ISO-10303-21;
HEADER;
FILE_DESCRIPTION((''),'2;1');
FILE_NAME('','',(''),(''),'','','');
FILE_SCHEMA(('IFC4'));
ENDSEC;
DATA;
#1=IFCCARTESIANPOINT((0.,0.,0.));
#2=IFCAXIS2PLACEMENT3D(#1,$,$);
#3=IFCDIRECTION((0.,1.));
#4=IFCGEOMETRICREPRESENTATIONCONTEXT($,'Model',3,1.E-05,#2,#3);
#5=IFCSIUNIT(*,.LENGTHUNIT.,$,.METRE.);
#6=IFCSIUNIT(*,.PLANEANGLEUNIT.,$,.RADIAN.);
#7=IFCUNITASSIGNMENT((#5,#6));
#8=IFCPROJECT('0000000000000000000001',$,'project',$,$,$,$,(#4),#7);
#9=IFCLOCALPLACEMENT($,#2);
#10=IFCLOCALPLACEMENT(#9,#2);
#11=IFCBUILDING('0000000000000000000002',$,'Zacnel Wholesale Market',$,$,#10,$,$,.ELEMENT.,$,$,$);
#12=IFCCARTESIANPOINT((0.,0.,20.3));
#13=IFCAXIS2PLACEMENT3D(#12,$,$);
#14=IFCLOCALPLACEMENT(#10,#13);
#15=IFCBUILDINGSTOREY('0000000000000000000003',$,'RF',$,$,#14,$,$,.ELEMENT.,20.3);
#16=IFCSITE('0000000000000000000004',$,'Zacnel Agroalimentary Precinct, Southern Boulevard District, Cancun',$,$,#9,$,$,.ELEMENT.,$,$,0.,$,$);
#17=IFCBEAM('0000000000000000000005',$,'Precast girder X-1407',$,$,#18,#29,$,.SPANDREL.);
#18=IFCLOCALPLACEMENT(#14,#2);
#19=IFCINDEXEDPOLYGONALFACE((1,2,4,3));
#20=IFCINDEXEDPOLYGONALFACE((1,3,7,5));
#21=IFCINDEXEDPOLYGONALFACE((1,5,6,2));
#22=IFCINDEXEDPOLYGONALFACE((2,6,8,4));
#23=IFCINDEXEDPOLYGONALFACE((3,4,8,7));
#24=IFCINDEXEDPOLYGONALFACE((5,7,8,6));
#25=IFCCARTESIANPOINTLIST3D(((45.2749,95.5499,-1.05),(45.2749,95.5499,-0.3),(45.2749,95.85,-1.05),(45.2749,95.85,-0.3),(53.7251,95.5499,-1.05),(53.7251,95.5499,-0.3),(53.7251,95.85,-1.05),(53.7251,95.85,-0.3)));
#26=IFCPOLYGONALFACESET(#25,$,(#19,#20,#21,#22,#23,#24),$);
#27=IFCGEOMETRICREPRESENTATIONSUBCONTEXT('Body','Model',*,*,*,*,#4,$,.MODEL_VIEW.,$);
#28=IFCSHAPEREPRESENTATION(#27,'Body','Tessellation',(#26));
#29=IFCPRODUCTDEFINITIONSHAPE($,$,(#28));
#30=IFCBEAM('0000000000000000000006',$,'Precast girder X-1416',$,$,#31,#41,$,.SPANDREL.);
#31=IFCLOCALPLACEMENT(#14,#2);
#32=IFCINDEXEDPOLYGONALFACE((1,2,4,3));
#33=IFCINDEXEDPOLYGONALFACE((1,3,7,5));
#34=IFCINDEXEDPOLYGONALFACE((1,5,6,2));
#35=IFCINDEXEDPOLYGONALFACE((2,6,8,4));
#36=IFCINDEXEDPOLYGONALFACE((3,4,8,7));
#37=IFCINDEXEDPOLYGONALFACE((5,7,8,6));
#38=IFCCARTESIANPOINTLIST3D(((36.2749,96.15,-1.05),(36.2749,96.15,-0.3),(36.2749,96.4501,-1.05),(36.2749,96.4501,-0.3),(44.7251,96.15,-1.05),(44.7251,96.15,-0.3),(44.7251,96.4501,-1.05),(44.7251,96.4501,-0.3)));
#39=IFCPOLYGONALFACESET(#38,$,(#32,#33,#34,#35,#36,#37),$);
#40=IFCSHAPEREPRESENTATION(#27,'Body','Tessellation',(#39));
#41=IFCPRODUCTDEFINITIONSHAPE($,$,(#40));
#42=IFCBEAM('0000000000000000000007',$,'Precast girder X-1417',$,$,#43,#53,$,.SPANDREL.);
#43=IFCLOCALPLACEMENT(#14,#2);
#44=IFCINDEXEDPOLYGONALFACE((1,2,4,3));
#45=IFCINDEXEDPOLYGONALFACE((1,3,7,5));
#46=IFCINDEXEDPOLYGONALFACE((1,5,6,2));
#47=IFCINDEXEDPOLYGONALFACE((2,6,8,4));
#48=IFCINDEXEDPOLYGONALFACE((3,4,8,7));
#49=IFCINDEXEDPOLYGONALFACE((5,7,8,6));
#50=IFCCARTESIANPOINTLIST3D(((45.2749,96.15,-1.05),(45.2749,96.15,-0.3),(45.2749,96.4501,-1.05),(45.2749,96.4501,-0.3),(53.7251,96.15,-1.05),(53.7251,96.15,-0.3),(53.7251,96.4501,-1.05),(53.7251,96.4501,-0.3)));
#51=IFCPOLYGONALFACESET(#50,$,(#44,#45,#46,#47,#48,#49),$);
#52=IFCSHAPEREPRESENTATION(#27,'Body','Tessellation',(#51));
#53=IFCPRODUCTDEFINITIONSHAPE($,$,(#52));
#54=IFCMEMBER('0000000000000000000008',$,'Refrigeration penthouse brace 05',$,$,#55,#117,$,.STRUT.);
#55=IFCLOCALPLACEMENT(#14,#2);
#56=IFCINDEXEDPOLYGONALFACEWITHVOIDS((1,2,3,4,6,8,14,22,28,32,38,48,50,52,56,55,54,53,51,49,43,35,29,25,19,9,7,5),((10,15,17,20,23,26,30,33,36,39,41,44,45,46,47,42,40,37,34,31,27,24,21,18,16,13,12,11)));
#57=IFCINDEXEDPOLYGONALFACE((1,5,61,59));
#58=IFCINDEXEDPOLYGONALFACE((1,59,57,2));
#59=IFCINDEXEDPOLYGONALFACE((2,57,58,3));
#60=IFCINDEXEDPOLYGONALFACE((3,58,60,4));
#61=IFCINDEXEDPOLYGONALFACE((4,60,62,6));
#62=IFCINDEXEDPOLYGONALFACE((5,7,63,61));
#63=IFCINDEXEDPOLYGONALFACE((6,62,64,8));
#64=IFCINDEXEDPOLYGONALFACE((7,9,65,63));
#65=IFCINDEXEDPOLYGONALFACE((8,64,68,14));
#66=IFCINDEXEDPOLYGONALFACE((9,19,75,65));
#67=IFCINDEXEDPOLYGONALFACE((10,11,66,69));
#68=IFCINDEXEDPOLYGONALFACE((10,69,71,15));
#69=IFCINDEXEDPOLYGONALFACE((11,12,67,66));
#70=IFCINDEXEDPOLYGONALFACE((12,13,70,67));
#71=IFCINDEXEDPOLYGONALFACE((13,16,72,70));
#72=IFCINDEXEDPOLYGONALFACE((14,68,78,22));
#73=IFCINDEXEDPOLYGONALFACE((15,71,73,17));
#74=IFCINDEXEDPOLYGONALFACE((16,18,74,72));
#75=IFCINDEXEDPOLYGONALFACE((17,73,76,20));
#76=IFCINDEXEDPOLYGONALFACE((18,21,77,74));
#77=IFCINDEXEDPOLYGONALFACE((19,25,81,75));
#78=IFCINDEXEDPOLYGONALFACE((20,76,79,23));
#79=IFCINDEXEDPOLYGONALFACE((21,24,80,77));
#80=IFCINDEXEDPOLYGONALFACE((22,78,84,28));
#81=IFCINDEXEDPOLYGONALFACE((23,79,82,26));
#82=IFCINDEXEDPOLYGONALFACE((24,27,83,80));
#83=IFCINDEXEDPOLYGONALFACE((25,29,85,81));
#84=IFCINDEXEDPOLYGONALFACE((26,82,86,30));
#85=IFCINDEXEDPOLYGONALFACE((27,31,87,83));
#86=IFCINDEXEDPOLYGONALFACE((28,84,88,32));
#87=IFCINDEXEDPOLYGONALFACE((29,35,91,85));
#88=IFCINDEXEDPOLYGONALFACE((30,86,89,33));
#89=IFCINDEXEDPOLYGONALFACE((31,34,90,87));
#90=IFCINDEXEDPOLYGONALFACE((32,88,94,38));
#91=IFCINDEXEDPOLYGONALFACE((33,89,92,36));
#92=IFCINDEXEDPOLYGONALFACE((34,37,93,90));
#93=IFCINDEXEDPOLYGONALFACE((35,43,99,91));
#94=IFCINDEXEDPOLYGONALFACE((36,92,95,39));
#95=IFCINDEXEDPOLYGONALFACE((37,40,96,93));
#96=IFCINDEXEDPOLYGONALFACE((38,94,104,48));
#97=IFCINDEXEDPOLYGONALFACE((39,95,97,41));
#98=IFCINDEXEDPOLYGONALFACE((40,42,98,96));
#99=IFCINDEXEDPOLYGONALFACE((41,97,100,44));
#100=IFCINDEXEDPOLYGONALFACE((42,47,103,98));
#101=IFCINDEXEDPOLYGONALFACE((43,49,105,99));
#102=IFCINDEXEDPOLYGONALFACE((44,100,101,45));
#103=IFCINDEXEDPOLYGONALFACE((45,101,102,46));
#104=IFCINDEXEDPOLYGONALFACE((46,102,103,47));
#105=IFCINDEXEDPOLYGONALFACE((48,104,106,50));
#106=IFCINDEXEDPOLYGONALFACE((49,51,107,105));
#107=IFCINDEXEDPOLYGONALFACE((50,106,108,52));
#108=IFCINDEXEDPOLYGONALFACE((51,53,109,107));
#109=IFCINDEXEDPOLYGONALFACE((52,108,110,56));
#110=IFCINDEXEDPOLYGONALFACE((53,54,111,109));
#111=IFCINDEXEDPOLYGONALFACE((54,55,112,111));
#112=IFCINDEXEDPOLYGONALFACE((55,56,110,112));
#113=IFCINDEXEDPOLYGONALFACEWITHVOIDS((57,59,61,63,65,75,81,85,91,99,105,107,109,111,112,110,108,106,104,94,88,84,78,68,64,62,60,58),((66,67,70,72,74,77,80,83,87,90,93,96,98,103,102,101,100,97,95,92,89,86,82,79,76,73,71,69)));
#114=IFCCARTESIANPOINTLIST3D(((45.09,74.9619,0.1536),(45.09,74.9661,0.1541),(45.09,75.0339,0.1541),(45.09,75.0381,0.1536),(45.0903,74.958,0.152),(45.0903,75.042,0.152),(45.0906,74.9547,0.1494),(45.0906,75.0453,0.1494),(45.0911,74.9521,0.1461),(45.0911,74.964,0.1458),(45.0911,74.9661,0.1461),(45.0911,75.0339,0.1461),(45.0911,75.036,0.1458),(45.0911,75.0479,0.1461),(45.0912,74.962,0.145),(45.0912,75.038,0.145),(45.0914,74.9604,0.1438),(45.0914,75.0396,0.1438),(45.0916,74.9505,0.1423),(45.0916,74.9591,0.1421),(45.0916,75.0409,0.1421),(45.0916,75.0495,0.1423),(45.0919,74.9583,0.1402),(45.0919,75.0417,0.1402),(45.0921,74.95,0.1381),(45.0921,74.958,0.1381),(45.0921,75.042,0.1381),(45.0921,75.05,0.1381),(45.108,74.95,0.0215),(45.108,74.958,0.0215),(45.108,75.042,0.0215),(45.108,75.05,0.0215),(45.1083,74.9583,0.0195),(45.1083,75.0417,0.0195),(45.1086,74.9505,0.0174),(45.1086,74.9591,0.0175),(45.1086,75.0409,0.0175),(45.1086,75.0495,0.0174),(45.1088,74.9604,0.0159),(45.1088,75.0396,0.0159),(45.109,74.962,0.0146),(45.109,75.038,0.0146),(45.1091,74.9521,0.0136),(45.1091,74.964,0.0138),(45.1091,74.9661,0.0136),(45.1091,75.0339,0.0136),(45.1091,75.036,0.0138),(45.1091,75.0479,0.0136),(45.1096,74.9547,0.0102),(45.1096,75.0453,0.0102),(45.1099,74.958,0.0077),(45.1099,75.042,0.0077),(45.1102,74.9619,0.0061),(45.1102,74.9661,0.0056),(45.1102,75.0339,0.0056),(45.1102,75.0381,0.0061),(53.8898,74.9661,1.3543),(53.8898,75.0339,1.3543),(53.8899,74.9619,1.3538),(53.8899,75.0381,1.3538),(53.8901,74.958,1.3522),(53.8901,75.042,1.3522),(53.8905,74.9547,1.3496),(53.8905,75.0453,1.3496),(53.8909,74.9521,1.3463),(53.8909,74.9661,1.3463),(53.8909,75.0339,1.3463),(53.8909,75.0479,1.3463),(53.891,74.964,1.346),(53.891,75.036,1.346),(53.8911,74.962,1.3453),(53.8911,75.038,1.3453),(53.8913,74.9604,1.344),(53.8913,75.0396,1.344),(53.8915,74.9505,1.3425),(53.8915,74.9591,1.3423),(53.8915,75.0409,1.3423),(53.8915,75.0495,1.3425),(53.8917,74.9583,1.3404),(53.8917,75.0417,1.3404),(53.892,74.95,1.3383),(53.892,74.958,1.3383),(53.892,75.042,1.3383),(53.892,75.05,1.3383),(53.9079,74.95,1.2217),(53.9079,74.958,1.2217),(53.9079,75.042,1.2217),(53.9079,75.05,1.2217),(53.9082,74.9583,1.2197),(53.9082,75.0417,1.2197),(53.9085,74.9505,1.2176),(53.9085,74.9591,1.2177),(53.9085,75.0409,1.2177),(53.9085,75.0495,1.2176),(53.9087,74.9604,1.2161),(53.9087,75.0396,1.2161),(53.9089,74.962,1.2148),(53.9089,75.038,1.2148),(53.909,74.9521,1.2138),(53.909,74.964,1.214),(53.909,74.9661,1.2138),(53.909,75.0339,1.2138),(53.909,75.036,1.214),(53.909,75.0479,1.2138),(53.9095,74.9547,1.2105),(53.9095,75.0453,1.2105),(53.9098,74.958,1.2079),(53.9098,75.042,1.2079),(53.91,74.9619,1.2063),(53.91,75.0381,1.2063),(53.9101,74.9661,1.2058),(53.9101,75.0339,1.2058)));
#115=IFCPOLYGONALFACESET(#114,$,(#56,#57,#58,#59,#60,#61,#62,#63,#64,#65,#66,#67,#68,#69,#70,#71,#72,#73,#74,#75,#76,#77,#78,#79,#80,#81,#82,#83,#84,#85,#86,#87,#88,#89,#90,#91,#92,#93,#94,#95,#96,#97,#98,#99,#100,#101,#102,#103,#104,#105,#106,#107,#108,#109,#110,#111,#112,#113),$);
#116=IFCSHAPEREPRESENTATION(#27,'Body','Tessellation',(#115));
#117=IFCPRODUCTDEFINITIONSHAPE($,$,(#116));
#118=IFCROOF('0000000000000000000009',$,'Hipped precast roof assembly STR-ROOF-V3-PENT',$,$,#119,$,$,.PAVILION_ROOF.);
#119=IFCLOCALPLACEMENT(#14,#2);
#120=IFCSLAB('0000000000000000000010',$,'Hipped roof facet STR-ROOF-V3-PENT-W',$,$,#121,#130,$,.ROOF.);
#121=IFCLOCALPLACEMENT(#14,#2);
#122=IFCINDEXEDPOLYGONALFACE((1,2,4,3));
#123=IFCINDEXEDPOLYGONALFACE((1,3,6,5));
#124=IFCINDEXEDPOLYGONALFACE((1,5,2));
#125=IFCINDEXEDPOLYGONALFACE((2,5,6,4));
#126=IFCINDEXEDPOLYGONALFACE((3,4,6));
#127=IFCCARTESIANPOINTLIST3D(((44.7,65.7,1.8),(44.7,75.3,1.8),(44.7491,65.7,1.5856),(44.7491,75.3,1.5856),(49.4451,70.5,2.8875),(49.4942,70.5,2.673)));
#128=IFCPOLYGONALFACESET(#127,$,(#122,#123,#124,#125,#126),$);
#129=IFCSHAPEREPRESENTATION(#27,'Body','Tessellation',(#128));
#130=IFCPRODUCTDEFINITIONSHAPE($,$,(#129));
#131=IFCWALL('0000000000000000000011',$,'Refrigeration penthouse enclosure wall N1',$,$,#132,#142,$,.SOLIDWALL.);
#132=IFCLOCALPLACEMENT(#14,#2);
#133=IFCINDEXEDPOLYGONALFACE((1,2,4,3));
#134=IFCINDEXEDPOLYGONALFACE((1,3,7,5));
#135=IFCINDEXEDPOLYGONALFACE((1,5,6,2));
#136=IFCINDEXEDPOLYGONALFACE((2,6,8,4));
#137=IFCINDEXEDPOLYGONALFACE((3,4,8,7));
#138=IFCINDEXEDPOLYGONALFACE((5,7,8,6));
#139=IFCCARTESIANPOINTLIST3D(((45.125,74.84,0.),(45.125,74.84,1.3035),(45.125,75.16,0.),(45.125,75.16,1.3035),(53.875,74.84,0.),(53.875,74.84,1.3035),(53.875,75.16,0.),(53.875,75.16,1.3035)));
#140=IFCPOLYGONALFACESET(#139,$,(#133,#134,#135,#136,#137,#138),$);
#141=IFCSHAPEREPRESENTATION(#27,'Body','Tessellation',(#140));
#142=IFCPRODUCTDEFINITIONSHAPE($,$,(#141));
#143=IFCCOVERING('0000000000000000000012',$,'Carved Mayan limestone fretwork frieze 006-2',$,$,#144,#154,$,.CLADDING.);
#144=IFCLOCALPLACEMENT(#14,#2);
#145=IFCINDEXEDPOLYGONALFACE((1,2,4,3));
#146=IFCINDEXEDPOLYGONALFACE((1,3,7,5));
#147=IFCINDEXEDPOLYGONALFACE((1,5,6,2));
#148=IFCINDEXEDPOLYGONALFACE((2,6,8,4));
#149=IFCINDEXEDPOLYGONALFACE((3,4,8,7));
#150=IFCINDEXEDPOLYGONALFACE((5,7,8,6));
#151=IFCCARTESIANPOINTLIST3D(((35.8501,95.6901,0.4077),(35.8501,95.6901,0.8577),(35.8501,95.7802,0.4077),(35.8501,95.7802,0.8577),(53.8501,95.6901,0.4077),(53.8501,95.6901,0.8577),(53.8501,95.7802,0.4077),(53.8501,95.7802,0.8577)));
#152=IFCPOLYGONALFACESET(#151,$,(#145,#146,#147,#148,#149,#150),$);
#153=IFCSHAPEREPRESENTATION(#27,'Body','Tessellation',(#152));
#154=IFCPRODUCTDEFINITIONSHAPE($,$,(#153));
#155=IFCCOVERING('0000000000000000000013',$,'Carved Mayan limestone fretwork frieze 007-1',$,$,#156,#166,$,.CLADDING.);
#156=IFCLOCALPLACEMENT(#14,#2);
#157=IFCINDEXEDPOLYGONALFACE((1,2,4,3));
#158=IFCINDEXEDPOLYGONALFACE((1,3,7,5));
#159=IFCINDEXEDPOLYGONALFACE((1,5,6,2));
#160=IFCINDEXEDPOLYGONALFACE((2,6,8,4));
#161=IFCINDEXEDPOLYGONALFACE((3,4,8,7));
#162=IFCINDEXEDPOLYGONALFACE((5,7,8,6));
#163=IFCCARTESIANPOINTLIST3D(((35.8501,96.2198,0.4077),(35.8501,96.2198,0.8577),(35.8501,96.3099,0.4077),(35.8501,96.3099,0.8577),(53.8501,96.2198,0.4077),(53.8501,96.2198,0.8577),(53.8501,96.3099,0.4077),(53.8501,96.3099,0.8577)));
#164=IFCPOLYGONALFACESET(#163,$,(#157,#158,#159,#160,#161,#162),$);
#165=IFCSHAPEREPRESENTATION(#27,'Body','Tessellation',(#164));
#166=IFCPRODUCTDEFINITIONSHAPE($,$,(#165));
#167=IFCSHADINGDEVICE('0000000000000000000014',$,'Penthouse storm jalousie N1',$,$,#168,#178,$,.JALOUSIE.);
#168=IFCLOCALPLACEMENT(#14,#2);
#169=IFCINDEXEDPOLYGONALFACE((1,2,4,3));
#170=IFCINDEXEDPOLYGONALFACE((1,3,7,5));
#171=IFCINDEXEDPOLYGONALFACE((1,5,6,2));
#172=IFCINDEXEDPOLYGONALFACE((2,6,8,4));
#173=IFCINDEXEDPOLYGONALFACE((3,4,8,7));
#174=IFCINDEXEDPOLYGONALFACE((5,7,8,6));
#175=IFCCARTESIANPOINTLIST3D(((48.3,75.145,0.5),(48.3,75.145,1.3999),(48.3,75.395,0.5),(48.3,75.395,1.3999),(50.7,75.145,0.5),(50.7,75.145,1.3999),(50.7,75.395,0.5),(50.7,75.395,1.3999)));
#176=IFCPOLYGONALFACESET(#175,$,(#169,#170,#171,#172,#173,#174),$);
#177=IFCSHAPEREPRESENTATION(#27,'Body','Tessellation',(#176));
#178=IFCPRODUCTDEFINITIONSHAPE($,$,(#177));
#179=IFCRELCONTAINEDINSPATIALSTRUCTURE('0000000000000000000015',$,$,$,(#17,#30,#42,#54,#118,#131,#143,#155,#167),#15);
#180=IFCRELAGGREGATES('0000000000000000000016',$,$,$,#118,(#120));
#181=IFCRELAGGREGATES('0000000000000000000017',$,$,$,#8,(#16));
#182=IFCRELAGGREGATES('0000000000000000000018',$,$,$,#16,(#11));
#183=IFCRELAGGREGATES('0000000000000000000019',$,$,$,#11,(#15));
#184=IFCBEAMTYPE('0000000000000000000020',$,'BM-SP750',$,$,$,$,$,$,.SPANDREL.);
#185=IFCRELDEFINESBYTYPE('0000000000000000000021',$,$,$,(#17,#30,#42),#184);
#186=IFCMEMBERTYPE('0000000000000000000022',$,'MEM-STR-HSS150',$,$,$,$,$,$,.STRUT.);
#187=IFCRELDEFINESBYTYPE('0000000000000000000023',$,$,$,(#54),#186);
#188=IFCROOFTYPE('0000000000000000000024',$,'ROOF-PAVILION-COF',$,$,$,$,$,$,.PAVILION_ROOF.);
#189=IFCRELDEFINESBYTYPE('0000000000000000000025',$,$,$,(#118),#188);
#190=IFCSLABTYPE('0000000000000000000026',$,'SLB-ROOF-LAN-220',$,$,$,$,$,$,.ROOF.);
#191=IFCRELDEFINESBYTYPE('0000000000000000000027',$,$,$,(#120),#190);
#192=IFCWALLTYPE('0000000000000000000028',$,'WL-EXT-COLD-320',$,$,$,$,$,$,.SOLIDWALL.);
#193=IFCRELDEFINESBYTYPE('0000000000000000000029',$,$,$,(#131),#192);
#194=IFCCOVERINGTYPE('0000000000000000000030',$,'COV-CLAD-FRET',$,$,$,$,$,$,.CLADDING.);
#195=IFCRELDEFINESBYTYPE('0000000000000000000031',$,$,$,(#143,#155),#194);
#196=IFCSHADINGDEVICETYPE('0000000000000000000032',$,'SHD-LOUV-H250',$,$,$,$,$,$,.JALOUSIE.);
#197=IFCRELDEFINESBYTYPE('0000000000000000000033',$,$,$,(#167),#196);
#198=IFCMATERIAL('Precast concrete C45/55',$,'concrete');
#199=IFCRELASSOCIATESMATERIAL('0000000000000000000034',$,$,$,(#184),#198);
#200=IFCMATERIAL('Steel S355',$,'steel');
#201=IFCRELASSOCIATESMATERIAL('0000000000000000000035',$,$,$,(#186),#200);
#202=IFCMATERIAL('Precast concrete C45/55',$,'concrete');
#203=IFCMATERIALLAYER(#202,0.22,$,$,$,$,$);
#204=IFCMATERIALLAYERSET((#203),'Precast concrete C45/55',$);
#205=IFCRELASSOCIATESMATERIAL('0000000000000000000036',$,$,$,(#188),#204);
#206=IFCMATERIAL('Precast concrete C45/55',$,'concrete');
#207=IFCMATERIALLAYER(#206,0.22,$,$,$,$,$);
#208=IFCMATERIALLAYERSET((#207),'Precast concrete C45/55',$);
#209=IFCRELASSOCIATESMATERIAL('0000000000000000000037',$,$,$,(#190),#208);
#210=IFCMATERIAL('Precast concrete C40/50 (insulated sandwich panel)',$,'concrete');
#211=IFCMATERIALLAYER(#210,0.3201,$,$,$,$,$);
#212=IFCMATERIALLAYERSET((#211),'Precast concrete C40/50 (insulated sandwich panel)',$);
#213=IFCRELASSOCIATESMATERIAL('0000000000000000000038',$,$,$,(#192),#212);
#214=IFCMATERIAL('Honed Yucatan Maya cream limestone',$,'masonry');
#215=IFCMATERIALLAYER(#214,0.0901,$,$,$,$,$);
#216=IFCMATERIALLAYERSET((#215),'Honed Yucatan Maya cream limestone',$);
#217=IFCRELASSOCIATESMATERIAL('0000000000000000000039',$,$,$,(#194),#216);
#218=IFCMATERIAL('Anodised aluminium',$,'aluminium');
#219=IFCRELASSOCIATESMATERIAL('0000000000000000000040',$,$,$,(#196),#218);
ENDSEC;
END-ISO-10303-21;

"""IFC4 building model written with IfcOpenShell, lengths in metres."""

from ifc_helpers import new_model, si_unit, direction, frame, frame_2d, origin, origin_2d, place, context, subcontext, project, spatial, polyline, rectangle, hollow_rectangle, outline, extrude, material, layer, layer_set, material_profile, profile_set, type_object, element, aggregate, save


model = new_model("IFC4")

# Units and contexts
model_context = context("Model", 3, precision=1e-05, world=origin(), true_north=direction((0.0, 1.0)))
body_context = subcontext(model_context, "Body", "Model", "MODEL_VIEW")
ifc_project = project(units=[si_unit("LENGTHUNIT", "METRE"), si_unit("PLANEANGLEUNIT", "RADIAN")], contexts=[model_context])

# Site, building, storey
site_placement = place(None, origin())
site = spatial("IfcSite", under=ifc_project, at=site_placement, Name="Zacnel Agroalimentary Precinct, Southern Boulevard District, Cancun", CompositionType="ELEMENT", RefElevation=0.0)
building_placement = place(site_placement, origin())
building = spatial("IfcBuilding", under=site, at=building_placement, Name="Zacnel Wholesale Market", CompositionType="ELEMENT")
storey_placement = place(building_placement, frame((0.0, 0.0, 20.3)))
storey = spatial("IfcBuildingStorey", under=building, at=storey_placement, Name="RF", CompositionType="ELEMENT", Elevation=20.3)

# Beams
ifc_material_1 = material(Name="Precast concrete C45/55", Category="concrete")
ifc_material_profile_1 = material_profile(ifc_material_1, rectangle(XDim=0.3, YDim=0.75, at=origin_2d()), Name="SP 300x750")
ifc_profile_set_1 = profile_set([ifc_material_profile_1], Name="Precast concrete C45/55")
beam_type_1 = type_object("IfcBeamType", Name="BM-SP750", PredefinedType="SPANDREL", material=ifc_profile_set_1)
for number, where, z_axis, x_axis, name in (
    (1, (45.2749, 95.7, -0.675), (1.0, 0.0, 0.0), (0.0, 1.0, 0.0), "Precast girder X-1407"),
    (2, (36.2749, 96.3, -0.675), (1.0, 0.0, 0.0), (0.0, 1.0, 0.0), "Precast girder X-1416"),
    (3, (45.2749, 96.3, -0.675), (1.0, 0.0, 0.0), (0.0, 1.0, 0.0), "Precast girder X-1417"),
):
    element("IfcBeam", number, at=place(storey_placement, frame(where, z_axis=z_axis, x_axis=x_axis)), inside=storey, type_object=beam_type_1, Name=name, PredefinedType="SPANDREL", context=body_context, shape_type="SweptSolid", body=[
        extrude(rectangle(XDim=0.3, YDim=0.75, at=origin_2d()), origin(), (0.0, 0.0, 1.0), 8.4502),
    ])

# Member
ifc_material_2 = material(Name="Steel S355", Category="steel")
ifc_material_profile_2 = material_profile(ifc_material_2, hollow_rectangle(XDim=0.1001, YDim=0.1499, WallThickness=0.0081, InnerFilletRadius=0.0081, OuterFilletRadius=0.0161, at=origin_2d()), Name="HSS 150x100x8")
ifc_profile_set_2 = profile_set([ifc_material_profile_2], Name="Steel S355")
member_type = type_object("IfcMemberType", Name="MEM-STR-HSS150", PredefinedType="STRUT", material=ifc_profile_set_2)
member_placement = place(storey_placement, frame((45.1001, 75.0, 0.0798), z_axis=(0.990827, 0.0, 0.135138), x_axis=(0.0, 1.0, 0.0)))
element("IfcMember", 4, at=member_placement, inside=storey, type_object=member_type, Name="Refrigeration penthouse brace 05", PredefinedType="STRUT", context=body_context, shape_type="SweptSolid", body=[
    extrude(hollow_rectangle(XDim=0.1001, YDim=0.1499, WallThickness=0.0081, InnerFilletRadius=0.0081, OuterFilletRadius=0.0161, at=origin_2d()), origin(), (0.0, 0.0, 1.0), 8.8813),
])

# Roof, slab
ifc_material_3 = material(Name="Precast concrete C45/55", Category="concrete")
ifc_layer_1 = layer(ifc_material_3, 0.22)
ifc_layer_set_1 = layer_set([ifc_layer_1], Name="Precast concrete C45/55")
roof_type = type_object("IfcRoofType", Name="ROOF-PAVILION-COF", PredefinedType="PAVILION_ROOF", material=ifc_layer_set_1)
roof_placement = place(storey_placement, origin())
roof = element("IfcRoof", 5, at=roof_placement, inside=storey, type_object=roof_type, Name="Hipped precast roof assembly STR-ROOF-V3-PENT", PredefinedType="PAVILION_ROOF")
ifc_material_4 = material(Name="Precast concrete C45/55", Category="concrete")
ifc_layer_2 = layer(ifc_material_4, 0.22)
ifc_layer_set_2 = layer_set([ifc_layer_2], Name="Precast concrete C45/55")
slab_type = type_object("IfcSlabType", Name="SLB-ROOF-LAN-220", PredefinedType="ROOF", material=ifc_layer_set_2)
slab_placement = place(storey_placement, frame((44.7, 75.3, 1.8), z_axis=(-0.223372, 0.0, 0.974733), x_axis=(0.0, -1.0, 0.0)))
slab = element("IfcSlab", 6, at=slab_placement, type_object=slab_type, Name="Hipped roof facet STR-ROOF-V3-PENT-W", PredefinedType="ROOF", context=body_context, shape_type="SweptSolid", body=[
    extrude(outline(polyline([(0.0, 0.0), (9.6001, 0.0), (4.8, 4.8681), (0.0, 0.0)])), origin(), (0.0, 0.0, -1.0), 0.22),
])
aggregate(roof, [slab])

# Wall
ifc_material_5 = material(Name="Precast concrete C40/50 (insulated sandwich panel)", Category="concrete")
ifc_layer_3 = layer(ifc_material_5, 0.3201)
ifc_layer_set_3 = layer_set([ifc_layer_3], Name="Precast concrete C40/50 (insulated sandwich panel)")
wall_type = type_object("IfcWallType", Name="WL-EXT-COLD-320", PredefinedType="SOLIDWALL", material=ifc_layer_set_3)
wall_placement = place(storey_placement, frame((45.125, 75.0, 0.0), z_axis=(0.0, 0.0, 1.0), x_axis=(1.0, 0.0, 0.0)))
element("IfcWall", 7, at=wall_placement, inside=storey, type_object=wall_type, Name="Refrigeration penthouse enclosure wall N1", PredefinedType="SOLIDWALL", context=body_context, shape_type="SweptSolid", body=[
    extrude(rectangle(XDim=8.75, YDim=0.3201, at=frame_2d((4.375, 0.0))), origin(), (0.0, 0.0, 1.0), 1.3035),
])

# Coverings
ifc_material_6 = material(Name="Honed Yucatan Maya cream limestone", Category="masonry")
ifc_layer_4 = layer(ifc_material_6, 0.0901)
ifc_layer_set_4 = layer_set([ifc_layer_4], Name="Honed Yucatan Maya cream limestone")
covering_type = type_object("IfcCoveringType", Name="COV-CLAD-FRET", PredefinedType="CLADDING", material=ifc_layer_set_4)
for number, where, z_axis, x_axis, name in (
    (8, (44.8501, 95.7351, 0.4077), (0.0, 0.0, 1.0), (1.0, 0.0, 0.0), "Carved Mayan limestone fretwork frieze 006-2"),
    (9, (44.8501, 96.2649, 0.4077), (0.0, 0.0, 1.0), (1.0, 0.0, 0.0), "Carved Mayan limestone fretwork frieze 007-1"),
):
    element("IfcCovering", number, at=place(storey_placement, frame(where, z_axis=z_axis, x_axis=x_axis)), inside=storey, type_object=covering_type, Name=name, PredefinedType="CLADDING", context=body_context, shape_type="SweptSolid", body=[
        extrude(rectangle(XDim=18.0, YDim=0.0901, at=origin_2d()), origin(), (0.0, 0.0, 1.0), 0.45),
    ])

# Shading device
ifc_material_7 = material(Name="Anodised aluminium", Category="aluminium")
shading_device_type = type_object("IfcShadingDeviceType", Name="SHD-LOUV-H250", PredefinedType="JALOUSIE", material=ifc_material_7)
shading_device_placement = place(storey_placement, frame((49.5, 75.27, 0.5), z_axis=(0.0, 0.0, 1.0), x_axis=(1.0, 0.0, 0.0)))
element("IfcShadingDevice", 10, at=shading_device_placement, inside=storey, type_object=shading_device_type, Name="Penthouse storm jalousie N1", PredefinedType="JALOUSIE", context=body_context, shape_type="SweptSolid", body=[
    extrude(rectangle(XDim=2.3999, YDim=0.25, at=origin_2d()), origin(), (0.0, 0.0, 1.0), 0.8999),
])

save(model, "model.ifc")
